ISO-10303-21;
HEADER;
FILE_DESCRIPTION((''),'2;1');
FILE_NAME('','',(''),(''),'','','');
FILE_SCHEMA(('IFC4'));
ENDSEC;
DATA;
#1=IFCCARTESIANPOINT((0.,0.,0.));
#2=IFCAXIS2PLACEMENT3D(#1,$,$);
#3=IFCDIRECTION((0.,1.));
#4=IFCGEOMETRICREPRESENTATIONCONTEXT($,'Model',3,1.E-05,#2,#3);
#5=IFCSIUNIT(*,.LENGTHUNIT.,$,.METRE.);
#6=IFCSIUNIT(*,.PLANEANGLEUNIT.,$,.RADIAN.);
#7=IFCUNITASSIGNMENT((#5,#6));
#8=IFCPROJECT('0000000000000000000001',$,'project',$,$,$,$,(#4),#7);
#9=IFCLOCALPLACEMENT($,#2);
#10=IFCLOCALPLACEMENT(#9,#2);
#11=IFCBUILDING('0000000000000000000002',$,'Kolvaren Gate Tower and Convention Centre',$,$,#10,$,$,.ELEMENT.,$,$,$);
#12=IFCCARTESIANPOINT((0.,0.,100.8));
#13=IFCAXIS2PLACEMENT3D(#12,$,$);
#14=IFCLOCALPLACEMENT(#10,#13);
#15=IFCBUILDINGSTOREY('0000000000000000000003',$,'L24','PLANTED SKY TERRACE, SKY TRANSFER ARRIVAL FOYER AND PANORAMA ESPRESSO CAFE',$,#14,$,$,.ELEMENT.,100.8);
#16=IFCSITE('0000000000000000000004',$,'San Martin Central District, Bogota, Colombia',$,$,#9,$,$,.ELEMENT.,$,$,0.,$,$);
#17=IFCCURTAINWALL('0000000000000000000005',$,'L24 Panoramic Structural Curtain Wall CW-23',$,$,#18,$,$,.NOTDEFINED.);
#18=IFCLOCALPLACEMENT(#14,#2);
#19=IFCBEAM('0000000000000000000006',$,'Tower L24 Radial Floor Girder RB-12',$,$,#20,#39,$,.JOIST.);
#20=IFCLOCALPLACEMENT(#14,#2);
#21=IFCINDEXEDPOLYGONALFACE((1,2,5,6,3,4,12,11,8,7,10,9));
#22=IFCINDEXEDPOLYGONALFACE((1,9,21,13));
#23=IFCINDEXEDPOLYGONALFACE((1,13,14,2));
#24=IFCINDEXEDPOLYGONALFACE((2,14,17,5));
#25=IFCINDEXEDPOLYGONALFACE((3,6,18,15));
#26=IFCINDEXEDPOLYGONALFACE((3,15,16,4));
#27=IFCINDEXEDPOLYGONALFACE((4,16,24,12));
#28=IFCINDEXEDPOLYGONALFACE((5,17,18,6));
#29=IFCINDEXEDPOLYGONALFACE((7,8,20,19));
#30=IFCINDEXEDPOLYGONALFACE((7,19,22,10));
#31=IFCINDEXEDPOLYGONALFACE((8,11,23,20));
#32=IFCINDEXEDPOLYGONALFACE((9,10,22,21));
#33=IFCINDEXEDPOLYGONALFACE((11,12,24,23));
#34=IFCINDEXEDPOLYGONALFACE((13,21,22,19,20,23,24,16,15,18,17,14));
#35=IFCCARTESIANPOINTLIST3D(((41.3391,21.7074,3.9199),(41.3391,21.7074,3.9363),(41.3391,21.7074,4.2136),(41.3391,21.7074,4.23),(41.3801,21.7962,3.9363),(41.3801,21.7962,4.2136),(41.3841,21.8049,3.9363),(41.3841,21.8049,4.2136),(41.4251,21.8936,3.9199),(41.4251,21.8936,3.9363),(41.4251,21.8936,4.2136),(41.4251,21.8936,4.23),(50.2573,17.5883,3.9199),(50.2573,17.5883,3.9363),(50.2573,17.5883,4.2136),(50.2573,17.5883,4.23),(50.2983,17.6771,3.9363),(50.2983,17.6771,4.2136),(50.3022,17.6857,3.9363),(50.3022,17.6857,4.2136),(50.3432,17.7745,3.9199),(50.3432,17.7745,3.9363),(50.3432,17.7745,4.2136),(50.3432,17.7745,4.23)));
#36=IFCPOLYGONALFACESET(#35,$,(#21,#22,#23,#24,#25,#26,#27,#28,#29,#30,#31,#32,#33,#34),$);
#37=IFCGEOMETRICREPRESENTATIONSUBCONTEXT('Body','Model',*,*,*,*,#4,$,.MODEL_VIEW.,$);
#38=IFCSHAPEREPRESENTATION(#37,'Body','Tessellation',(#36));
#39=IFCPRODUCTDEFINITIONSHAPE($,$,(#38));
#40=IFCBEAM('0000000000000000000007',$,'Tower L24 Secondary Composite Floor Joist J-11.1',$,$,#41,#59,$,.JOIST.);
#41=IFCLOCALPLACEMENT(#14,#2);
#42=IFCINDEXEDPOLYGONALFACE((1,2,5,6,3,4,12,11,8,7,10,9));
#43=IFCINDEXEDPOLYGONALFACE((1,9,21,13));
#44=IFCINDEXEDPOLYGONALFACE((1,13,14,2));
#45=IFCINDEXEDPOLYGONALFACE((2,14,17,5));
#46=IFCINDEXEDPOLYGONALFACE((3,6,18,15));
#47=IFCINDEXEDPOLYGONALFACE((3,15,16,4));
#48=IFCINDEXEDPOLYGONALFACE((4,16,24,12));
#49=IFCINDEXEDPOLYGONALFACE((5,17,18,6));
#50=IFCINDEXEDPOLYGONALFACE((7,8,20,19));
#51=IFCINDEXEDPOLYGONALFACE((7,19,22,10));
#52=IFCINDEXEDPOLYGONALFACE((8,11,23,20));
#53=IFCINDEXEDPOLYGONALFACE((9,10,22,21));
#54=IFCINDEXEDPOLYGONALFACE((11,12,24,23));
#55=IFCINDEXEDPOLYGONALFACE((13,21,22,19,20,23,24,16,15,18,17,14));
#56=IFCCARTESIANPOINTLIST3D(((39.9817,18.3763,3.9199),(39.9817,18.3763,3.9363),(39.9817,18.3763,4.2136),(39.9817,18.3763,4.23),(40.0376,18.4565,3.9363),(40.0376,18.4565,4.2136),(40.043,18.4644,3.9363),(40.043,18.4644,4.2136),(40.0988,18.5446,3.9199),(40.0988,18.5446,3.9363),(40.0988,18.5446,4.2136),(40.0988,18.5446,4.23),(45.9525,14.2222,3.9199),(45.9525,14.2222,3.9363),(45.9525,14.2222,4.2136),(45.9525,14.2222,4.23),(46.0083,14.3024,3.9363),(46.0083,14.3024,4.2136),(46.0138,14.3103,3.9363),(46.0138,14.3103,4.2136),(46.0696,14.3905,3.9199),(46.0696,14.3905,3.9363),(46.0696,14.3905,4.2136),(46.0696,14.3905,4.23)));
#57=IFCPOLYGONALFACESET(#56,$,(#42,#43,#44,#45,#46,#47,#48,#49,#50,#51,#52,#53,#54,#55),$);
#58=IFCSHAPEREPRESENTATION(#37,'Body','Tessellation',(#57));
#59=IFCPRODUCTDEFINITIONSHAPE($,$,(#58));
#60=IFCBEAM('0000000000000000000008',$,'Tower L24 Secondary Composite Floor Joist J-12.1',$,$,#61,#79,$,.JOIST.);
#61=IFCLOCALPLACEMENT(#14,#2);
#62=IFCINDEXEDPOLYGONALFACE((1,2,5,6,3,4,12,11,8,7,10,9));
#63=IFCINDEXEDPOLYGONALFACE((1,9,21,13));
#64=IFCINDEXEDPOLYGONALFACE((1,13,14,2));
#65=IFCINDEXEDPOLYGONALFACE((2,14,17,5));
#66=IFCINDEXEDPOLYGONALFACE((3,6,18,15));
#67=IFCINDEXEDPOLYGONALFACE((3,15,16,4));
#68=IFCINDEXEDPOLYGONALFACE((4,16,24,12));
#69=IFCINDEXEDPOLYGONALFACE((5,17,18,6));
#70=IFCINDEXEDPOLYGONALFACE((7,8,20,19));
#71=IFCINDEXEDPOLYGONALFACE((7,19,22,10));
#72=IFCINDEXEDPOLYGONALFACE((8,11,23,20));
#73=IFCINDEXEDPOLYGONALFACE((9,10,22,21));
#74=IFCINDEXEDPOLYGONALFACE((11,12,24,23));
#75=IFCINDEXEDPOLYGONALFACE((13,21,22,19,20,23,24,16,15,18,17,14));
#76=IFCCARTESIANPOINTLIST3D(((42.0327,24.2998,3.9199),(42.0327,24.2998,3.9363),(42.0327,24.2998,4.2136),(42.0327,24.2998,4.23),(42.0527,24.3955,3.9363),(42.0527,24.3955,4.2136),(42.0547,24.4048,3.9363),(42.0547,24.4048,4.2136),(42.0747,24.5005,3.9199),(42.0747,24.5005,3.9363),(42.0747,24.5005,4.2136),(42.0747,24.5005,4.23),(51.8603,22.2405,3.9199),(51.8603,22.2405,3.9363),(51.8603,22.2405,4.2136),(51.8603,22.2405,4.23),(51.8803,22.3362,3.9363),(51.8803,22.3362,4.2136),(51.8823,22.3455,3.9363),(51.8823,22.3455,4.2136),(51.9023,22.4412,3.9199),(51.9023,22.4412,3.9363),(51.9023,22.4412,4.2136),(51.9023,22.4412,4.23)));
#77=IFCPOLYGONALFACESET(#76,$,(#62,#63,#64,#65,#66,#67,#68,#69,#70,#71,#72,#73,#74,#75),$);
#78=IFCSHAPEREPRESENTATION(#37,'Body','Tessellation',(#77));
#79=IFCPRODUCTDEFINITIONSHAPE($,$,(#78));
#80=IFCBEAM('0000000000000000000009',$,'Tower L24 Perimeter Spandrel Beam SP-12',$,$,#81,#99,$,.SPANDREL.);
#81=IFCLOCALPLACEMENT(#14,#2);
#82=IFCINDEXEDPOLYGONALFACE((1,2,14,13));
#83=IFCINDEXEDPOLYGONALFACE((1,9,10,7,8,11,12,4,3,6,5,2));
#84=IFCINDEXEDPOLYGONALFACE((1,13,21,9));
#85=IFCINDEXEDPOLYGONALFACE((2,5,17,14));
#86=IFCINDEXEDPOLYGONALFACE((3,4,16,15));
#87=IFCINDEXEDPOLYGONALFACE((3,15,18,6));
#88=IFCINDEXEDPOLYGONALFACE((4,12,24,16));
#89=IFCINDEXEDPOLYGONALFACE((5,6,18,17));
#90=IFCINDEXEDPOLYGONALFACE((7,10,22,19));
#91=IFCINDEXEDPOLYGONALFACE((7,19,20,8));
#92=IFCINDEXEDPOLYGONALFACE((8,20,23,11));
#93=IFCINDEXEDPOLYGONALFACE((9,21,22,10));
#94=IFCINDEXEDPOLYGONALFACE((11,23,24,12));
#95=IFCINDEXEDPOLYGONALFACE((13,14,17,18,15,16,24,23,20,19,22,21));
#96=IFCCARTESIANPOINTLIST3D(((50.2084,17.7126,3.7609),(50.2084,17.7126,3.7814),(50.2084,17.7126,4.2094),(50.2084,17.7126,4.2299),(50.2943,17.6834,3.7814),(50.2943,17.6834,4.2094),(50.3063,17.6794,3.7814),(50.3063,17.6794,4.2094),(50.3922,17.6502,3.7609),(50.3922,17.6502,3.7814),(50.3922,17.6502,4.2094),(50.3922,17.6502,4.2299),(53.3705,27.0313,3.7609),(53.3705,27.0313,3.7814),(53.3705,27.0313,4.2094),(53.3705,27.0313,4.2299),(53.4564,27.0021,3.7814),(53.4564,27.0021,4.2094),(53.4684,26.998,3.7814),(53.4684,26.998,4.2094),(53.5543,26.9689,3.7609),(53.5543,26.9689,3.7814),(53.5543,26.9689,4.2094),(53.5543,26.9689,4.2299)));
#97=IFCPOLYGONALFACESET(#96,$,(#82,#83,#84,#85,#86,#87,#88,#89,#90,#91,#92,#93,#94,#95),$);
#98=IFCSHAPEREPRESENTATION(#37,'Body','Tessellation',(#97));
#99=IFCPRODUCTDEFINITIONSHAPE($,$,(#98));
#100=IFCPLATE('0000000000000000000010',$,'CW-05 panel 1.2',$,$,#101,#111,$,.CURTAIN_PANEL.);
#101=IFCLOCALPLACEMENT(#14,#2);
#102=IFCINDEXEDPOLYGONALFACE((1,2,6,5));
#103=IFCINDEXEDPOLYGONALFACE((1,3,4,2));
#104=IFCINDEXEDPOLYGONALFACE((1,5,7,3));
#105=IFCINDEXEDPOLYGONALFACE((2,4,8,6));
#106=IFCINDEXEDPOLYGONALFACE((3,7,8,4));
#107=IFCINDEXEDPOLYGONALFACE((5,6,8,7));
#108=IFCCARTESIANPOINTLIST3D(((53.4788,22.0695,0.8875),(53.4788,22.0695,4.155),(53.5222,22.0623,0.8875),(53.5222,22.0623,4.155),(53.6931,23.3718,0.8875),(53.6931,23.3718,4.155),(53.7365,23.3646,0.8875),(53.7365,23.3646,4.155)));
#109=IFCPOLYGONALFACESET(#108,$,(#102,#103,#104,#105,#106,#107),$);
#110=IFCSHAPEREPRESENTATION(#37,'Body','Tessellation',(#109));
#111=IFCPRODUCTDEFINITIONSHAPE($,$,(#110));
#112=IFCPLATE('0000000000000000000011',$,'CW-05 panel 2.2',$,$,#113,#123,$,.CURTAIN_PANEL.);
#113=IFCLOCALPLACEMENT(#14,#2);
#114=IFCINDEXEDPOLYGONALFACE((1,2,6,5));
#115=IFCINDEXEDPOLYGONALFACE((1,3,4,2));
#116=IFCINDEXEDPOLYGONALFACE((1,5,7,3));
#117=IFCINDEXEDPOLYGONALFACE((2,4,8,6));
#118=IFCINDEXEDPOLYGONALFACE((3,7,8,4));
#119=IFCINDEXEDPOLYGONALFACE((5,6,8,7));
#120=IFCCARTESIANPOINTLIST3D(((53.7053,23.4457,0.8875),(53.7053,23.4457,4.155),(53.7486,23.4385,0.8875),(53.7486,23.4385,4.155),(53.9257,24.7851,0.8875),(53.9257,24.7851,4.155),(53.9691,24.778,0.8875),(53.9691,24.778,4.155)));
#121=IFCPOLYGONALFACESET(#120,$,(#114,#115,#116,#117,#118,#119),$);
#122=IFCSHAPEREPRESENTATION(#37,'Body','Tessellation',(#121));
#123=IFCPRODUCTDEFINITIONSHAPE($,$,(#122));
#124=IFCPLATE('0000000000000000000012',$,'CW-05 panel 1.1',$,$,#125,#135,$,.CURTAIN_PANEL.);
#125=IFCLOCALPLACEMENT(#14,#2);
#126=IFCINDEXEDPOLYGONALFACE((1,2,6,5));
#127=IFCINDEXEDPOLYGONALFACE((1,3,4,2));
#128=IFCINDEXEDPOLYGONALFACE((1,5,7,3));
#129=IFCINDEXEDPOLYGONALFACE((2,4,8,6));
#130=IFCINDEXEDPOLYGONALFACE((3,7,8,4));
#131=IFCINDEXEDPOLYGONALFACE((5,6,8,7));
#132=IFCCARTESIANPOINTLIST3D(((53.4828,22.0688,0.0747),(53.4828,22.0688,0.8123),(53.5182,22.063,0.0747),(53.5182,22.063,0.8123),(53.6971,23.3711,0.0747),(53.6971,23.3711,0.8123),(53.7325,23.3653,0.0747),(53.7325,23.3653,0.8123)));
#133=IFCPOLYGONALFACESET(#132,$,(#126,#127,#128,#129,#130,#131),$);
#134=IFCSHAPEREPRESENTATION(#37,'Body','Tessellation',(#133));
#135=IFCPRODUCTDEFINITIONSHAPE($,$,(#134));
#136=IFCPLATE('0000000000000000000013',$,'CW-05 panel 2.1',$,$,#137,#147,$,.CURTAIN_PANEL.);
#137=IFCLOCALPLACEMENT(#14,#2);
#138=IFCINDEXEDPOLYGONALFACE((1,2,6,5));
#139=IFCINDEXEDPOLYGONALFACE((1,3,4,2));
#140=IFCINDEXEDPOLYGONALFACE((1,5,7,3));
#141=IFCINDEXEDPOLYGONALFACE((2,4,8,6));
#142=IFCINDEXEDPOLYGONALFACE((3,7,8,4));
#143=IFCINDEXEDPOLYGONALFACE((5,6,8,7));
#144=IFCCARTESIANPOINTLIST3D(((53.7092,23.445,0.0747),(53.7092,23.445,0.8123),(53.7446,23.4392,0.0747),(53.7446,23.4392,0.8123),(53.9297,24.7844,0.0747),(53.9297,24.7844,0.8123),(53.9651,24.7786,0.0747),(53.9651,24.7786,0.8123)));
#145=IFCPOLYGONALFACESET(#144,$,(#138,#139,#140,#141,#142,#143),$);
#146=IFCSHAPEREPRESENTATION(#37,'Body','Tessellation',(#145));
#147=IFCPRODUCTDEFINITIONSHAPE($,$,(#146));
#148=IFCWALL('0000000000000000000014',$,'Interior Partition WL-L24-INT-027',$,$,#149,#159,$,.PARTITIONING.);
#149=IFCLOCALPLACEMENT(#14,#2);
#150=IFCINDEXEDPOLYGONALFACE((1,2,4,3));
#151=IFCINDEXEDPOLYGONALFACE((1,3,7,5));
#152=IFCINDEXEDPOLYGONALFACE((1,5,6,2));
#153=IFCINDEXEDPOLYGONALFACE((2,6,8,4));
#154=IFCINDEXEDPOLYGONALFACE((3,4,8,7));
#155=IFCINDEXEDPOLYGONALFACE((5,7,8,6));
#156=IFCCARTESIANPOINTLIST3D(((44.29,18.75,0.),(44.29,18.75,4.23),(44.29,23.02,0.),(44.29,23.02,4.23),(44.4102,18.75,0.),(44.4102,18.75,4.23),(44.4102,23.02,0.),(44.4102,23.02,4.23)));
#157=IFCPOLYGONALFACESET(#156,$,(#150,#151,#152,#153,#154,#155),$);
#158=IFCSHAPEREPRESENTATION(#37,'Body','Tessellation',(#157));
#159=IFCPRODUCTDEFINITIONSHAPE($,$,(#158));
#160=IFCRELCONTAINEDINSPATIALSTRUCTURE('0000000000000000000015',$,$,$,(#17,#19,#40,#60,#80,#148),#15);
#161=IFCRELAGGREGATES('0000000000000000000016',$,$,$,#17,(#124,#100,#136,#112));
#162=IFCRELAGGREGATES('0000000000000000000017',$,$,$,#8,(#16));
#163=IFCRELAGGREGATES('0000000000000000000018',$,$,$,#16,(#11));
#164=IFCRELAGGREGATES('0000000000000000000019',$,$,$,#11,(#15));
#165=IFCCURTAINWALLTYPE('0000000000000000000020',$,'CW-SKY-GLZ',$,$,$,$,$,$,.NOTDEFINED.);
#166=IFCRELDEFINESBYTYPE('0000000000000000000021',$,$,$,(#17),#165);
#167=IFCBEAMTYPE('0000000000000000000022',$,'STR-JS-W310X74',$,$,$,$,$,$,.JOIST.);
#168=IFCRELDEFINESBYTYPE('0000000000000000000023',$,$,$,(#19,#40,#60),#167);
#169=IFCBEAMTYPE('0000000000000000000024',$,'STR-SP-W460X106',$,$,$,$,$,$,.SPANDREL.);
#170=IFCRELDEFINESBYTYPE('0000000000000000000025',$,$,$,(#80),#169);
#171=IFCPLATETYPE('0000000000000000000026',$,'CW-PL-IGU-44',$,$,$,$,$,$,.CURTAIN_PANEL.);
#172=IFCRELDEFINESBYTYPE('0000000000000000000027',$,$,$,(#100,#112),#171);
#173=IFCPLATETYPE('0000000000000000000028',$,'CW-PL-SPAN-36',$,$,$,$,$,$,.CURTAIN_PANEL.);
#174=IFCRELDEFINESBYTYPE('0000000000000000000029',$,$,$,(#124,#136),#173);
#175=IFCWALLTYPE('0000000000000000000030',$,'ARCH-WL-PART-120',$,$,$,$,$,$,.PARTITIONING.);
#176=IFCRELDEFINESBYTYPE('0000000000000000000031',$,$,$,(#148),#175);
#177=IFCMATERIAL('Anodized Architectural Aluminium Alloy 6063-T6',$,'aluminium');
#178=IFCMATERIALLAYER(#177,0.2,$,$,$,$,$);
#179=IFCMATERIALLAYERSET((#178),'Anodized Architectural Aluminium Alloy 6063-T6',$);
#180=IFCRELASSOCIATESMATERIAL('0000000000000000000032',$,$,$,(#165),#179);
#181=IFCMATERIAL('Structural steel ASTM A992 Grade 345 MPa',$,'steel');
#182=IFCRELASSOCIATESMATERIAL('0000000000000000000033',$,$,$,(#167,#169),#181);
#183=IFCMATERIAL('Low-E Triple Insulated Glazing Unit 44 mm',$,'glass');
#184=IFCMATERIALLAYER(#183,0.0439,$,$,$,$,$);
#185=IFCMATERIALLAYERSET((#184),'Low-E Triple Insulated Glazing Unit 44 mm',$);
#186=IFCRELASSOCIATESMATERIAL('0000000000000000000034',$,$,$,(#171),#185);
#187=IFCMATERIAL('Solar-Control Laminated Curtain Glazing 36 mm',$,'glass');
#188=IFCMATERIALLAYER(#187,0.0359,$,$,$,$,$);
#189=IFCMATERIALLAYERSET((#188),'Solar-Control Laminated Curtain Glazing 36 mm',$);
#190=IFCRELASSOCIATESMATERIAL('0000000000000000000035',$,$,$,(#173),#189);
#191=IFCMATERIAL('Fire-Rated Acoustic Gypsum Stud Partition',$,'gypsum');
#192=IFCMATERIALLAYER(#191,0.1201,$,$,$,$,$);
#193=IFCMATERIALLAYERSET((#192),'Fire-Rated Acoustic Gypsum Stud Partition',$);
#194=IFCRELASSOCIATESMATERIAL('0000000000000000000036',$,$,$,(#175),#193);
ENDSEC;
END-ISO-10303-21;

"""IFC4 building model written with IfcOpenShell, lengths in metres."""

from ifc_helpers import new_model, si_unit, direction, frame, frame_2d, origin, origin_2d, place, context, subcontext, project, spatial, rectangle, i_section, extrude, material, layer, layer_set, material_profile, profile_set, type_object, element, aggregate, save


model = new_model("IFC4")

# Units and contexts
model_context = context("Model", 3, precision=1e-05, world=origin(), true_north=direction((0.0, 1.0)))
body_context = subcontext(model_context, "Body", "Model", "MODEL_VIEW")
ifc_project = project(units=[si_unit("LENGTHUNIT", "METRE"), si_unit("PLANEANGLEUNIT", "RADIAN")], contexts=[model_context])

# Site, building, storey
site_placement = place(None, origin())
site = spatial("IfcSite", under=ifc_project, at=site_placement, Name="San Martin Central District, Bogota, Colombia", CompositionType="ELEMENT", RefElevation=0.0)
building_placement = place(site_placement, origin())
building = spatial("IfcBuilding", under=site, at=building_placement, Name="Kolvaren Gate Tower and Convention Centre", CompositionType="ELEMENT")
storey_placement = place(building_placement, frame((0.0, 0.0, 100.8)))
storey = spatial("IfcBuildingStorey", under=building, at=storey_placement, Name="L24", Description="PLANTED SKY TERRACE, SKY TRANSFER ARRIVAL FOYER AND PANORAMA ESPRESSO CAFE", CompositionType="ELEMENT", Elevation=100.8)

# Curtain wall
ifc_material_1 = material(Name="Anodized Architectural Aluminium Alloy 6063-T6", Category="aluminium")
ifc_layer_1 = layer(ifc_material_1, 0.2)
ifc_layer_set_1 = layer_set([ifc_layer_1], Name="Anodized Architectural Aluminium Alloy 6063-T6")
curtain_wall_type = type_object("IfcCurtainWallType", Name="CW-SKY-GLZ", PredefinedType="NOTDEFINED", material=ifc_layer_set_1)
curtain_wall_placement = place(storey_placement, origin())
curtain_wall = element("IfcCurtainWall", 1, at=curtain_wall_placement, inside=storey, type_object=curtain_wall_type, Name="L24 Panoramic Structural Curtain Wall CW-23", PredefinedType="NOTDEFINED")

# Beams
ifc_material_2 = material(Name="Structural steel ASTM A992 Grade 345 MPa", Category="steel")
ifc_material_profile_1 = material_profile(ifc_material_2, i_section(OverallWidth=0.2051, OverallDepth=0.3101, WebThickness=0.0095, FlangeThickness=0.0164, at=origin_2d()), Name="W310X74")
ifc_profile_set_1 = profile_set([ifc_material_profile_1], Name="Structural steel ASTM A992 Grade 345 MPa")
beam_type_1 = type_object("IfcBeamType", Name="STR-JS-W310X74", PredefinedType="JOIST", material=ifc_profile_set_1)
beam_1_placement = place(storey_placement, frame((41.3821, 21.8005, 4.075), z_axis=(0.907842, -0.419313, 0.0), x_axis=(0.419313, 0.907842, 0.0)))
element("IfcBeam", 2, at=beam_1_placement, inside=storey, type_object=beam_type_1, Name="Tower L24 Radial Floor Girder RB-12", PredefinedType="JOIST", context=body_context, shape_type="SweptSolid", body=[
    extrude(i_section(OverallWidth=0.2051, OverallDepth=0.3101, WebThickness=0.0095, FlangeThickness=0.0164, at=origin_2d()), origin(), (0.0, 0.0, 1.0), 9.8235),
])
beam_2_placement = place(storey_placement, frame((40.0403, 18.4604, 4.075), z_axis=(0.820872, -0.571113, 0.0), x_axis=(0.571113, 0.820872, 0.0)))
element("IfcBeam", 3, at=beam_2_placement, inside=storey, type_object=beam_type_1, Name="Tower L24 Secondary Composite Floor Joist J-11.1", PredefinedType="JOIST", context=body_context, shape_type="SweptSolid", body=[
    extrude(i_section(OverallWidth=0.2051, OverallDepth=0.3101, WebThickness=0.0095, FlangeThickness=0.0164, at=origin_2d()), origin(), (0.0, 0.0, 1.0), 7.2737),
])
beam_3_placement = place(storey_placement, frame((42.0537, 24.4001, 4.075), z_axis=(0.978743, -0.20509, 0.0), x_axis=(0.20509, 0.978743, 0.0)))
element("IfcBeam", 4, at=beam_3_placement, inside=storey, type_object=beam_type_1, Name="Tower L24 Secondary Composite Floor Joist J-12.1", PredefinedType="JOIST", context=body_context, shape_type="SweptSolid", body=[
    extrude(i_section(OverallWidth=0.2051, OverallDepth=0.3101, WebThickness=0.0095, FlangeThickness=0.0164, at=origin_2d()), origin(), (0.0, 0.0, 1.0), 10.041),
])
ifc_material_profile_2 = material_profile(ifc_material_2, i_section(OverallWidth=0.1941, OverallDepth=0.469, WebThickness=0.0127, FlangeThickness=0.0205, at=origin_2d()), Name="W460X106")
ifc_profile_set_2 = profile_set([ifc_material_profile_2], Name="Structural steel ASTM A992 Grade 345 MPa")
beam_type_2 = type_object("IfcBeamType", Name="STR-SP-W460X106", PredefinedType="SPANDREL", material=ifc_profile_set_2)
beam_4_placement = place(storey_placement, frame((50.3003, 17.6814, 3.9954), z_axis=(0.321336, 0.946965, 0.0), x_axis=(-0.946965, 0.321336, 0.0)))
element("IfcBeam", 5, at=beam_4_placement, inside=storey, type_object=beam_type_2, Name="Tower L24 Perimeter Spandrel Beam SP-12", PredefinedType="SPANDREL", context=body_context, shape_type="SweptSolid", body=[
    extrude(i_section(OverallWidth=0.1941, OverallDepth=0.469, WebThickness=0.0127, FlangeThickness=0.0205, at=origin_2d()), origin(), (0.0, 0.0, 1.0), 9.8406),
])

# Plates
ifc_material_3 = material(Name="Low-E Triple Insulated Glazing Unit 44 mm", Category="glass")
ifc_layer_2 = layer(ifc_material_3, 0.0439)
ifc_layer_set_2 = layer_set([ifc_layer_2], Name="Low-E Triple Insulated Glazing Unit 44 mm")
plate_type_1 = type_object("IfcPlateType", Name="CW-PL-IGU-44", PredefinedType="CURTAIN_PANEL", material=ifc_layer_set_2)
plate_1_placement = place(storey_placement, frame((53.6077, 22.717, 0.8875), z_axis=(0.0, 0.0, 1.0), x_axis=(0.162391, 0.986726, 0.0)))
plate_1 = element("IfcPlate", 6, at=plate_1_placement, type_object=plate_type_1, Name="CW-05 panel 1.2", PredefinedType="CURTAIN_PANEL", context=body_context, shape_type="SweptSolid", body=[
    extrude(rectangle(XDim=1.3198, YDim=0.0439, at=origin_2d()), origin(), (0.0, 0.0, 1.0), 3.2676),
])
plate_2_placement = place(storey_placement, frame((53.8372, 24.1118, 0.8875), z_axis=(0.0, 0.0, 1.0), x_axis=(0.162391, 0.986726, 0.0)))
plate_2 = element("IfcPlate", 7, at=plate_2_placement, type_object=plate_type_1, Name="CW-05 panel 2.2", PredefinedType="CURTAIN_PANEL", context=body_context, shape_type="SweptSolid", body=[
    extrude(rectangle(XDim=1.3574, YDim=0.0439, at=origin_2d()), origin(), (0.0, 0.0, 1.0), 3.2676),
])
ifc_material_4 = material(Name="Solar-Control Laminated Curtain Glazing 36 mm", Category="glass")
ifc_layer_3 = layer(ifc_material_4, 0.0359)
ifc_layer_set_3 = layer_set([ifc_layer_3], Name="Solar-Control Laminated Curtain Glazing 36 mm")
plate_type_2 = type_object("IfcPlateType", Name="CW-PL-SPAN-36", PredefinedType="CURTAIN_PANEL", material=ifc_layer_set_3)
plate_3_placement = place(storey_placement, frame((53.6077, 22.717, 0.0747), z_axis=(0.0, 0.0, 1.0), x_axis=(0.162391, 0.986726, 0.0)))
plate_3 = element("IfcPlate", 8, at=plate_3_placement, type_object=plate_type_2, Name="CW-05 panel 1.1", PredefinedType="CURTAIN_PANEL", context=body_context, shape_type="SweptSolid", body=[
    extrude(rectangle(XDim=1.3198, YDim=0.0359, at=origin_2d()), origin(), (0.0, 0.0, 1.0), 0.7375),
])
plate_4_placement = place(storey_placement, frame((53.8372, 24.1118, 0.0747), z_axis=(0.0, 0.0, 1.0), x_axis=(0.162391, 0.986726, 0.0)))
plate_4 = element("IfcPlate", 9, at=plate_4_placement, type_object=plate_type_2, Name="CW-05 panel 2.1", PredefinedType="CURTAIN_PANEL", context=body_context, shape_type="SweptSolid", body=[
    extrude(rectangle(XDim=1.3574, YDim=0.0359, at=origin_2d()), origin(), (0.0, 0.0, 1.0), 0.7375),
])
aggregate(curtain_wall, [plate_3, plate_1, plate_4, plate_2])

# Wall
ifc_material_5 = material(Name="Fire-Rated Acoustic Gypsum Stud Partition", Category="gypsum")
ifc_layer_4 = layer(ifc_material_5, 0.1201)
ifc_layer_set_4 = layer_set([ifc_layer_4], Name="Fire-Rated Acoustic Gypsum Stud Partition")
wall_type_1 = type_object("IfcWallType", Name="ARCH-WL-PART-120", PredefinedType="PARTITIONING", material=ifc_layer_set_4)
wall_1_placement = place(storey_placement, frame((44.3501, 18.75, 0.0), z_axis=(0.0, 0.0, 1.0), x_axis=(0.0, 1.0, 0.0)))
element("IfcWall", 10, at=wall_1_placement, inside=storey, type_object=wall_type_1, Name="Interior Partition WL-L24-INT-027", PredefinedType="PARTITIONING", context=body_context, shape_type="SweptSolid", body=[
    extrude(rectangle(XDim=4.27, YDim=0.1201, at=frame_2d((2.135, 0.0))), origin(), (0.0, 0.0, 1.0), 4.23),
])

save(model, "model.ifc")
